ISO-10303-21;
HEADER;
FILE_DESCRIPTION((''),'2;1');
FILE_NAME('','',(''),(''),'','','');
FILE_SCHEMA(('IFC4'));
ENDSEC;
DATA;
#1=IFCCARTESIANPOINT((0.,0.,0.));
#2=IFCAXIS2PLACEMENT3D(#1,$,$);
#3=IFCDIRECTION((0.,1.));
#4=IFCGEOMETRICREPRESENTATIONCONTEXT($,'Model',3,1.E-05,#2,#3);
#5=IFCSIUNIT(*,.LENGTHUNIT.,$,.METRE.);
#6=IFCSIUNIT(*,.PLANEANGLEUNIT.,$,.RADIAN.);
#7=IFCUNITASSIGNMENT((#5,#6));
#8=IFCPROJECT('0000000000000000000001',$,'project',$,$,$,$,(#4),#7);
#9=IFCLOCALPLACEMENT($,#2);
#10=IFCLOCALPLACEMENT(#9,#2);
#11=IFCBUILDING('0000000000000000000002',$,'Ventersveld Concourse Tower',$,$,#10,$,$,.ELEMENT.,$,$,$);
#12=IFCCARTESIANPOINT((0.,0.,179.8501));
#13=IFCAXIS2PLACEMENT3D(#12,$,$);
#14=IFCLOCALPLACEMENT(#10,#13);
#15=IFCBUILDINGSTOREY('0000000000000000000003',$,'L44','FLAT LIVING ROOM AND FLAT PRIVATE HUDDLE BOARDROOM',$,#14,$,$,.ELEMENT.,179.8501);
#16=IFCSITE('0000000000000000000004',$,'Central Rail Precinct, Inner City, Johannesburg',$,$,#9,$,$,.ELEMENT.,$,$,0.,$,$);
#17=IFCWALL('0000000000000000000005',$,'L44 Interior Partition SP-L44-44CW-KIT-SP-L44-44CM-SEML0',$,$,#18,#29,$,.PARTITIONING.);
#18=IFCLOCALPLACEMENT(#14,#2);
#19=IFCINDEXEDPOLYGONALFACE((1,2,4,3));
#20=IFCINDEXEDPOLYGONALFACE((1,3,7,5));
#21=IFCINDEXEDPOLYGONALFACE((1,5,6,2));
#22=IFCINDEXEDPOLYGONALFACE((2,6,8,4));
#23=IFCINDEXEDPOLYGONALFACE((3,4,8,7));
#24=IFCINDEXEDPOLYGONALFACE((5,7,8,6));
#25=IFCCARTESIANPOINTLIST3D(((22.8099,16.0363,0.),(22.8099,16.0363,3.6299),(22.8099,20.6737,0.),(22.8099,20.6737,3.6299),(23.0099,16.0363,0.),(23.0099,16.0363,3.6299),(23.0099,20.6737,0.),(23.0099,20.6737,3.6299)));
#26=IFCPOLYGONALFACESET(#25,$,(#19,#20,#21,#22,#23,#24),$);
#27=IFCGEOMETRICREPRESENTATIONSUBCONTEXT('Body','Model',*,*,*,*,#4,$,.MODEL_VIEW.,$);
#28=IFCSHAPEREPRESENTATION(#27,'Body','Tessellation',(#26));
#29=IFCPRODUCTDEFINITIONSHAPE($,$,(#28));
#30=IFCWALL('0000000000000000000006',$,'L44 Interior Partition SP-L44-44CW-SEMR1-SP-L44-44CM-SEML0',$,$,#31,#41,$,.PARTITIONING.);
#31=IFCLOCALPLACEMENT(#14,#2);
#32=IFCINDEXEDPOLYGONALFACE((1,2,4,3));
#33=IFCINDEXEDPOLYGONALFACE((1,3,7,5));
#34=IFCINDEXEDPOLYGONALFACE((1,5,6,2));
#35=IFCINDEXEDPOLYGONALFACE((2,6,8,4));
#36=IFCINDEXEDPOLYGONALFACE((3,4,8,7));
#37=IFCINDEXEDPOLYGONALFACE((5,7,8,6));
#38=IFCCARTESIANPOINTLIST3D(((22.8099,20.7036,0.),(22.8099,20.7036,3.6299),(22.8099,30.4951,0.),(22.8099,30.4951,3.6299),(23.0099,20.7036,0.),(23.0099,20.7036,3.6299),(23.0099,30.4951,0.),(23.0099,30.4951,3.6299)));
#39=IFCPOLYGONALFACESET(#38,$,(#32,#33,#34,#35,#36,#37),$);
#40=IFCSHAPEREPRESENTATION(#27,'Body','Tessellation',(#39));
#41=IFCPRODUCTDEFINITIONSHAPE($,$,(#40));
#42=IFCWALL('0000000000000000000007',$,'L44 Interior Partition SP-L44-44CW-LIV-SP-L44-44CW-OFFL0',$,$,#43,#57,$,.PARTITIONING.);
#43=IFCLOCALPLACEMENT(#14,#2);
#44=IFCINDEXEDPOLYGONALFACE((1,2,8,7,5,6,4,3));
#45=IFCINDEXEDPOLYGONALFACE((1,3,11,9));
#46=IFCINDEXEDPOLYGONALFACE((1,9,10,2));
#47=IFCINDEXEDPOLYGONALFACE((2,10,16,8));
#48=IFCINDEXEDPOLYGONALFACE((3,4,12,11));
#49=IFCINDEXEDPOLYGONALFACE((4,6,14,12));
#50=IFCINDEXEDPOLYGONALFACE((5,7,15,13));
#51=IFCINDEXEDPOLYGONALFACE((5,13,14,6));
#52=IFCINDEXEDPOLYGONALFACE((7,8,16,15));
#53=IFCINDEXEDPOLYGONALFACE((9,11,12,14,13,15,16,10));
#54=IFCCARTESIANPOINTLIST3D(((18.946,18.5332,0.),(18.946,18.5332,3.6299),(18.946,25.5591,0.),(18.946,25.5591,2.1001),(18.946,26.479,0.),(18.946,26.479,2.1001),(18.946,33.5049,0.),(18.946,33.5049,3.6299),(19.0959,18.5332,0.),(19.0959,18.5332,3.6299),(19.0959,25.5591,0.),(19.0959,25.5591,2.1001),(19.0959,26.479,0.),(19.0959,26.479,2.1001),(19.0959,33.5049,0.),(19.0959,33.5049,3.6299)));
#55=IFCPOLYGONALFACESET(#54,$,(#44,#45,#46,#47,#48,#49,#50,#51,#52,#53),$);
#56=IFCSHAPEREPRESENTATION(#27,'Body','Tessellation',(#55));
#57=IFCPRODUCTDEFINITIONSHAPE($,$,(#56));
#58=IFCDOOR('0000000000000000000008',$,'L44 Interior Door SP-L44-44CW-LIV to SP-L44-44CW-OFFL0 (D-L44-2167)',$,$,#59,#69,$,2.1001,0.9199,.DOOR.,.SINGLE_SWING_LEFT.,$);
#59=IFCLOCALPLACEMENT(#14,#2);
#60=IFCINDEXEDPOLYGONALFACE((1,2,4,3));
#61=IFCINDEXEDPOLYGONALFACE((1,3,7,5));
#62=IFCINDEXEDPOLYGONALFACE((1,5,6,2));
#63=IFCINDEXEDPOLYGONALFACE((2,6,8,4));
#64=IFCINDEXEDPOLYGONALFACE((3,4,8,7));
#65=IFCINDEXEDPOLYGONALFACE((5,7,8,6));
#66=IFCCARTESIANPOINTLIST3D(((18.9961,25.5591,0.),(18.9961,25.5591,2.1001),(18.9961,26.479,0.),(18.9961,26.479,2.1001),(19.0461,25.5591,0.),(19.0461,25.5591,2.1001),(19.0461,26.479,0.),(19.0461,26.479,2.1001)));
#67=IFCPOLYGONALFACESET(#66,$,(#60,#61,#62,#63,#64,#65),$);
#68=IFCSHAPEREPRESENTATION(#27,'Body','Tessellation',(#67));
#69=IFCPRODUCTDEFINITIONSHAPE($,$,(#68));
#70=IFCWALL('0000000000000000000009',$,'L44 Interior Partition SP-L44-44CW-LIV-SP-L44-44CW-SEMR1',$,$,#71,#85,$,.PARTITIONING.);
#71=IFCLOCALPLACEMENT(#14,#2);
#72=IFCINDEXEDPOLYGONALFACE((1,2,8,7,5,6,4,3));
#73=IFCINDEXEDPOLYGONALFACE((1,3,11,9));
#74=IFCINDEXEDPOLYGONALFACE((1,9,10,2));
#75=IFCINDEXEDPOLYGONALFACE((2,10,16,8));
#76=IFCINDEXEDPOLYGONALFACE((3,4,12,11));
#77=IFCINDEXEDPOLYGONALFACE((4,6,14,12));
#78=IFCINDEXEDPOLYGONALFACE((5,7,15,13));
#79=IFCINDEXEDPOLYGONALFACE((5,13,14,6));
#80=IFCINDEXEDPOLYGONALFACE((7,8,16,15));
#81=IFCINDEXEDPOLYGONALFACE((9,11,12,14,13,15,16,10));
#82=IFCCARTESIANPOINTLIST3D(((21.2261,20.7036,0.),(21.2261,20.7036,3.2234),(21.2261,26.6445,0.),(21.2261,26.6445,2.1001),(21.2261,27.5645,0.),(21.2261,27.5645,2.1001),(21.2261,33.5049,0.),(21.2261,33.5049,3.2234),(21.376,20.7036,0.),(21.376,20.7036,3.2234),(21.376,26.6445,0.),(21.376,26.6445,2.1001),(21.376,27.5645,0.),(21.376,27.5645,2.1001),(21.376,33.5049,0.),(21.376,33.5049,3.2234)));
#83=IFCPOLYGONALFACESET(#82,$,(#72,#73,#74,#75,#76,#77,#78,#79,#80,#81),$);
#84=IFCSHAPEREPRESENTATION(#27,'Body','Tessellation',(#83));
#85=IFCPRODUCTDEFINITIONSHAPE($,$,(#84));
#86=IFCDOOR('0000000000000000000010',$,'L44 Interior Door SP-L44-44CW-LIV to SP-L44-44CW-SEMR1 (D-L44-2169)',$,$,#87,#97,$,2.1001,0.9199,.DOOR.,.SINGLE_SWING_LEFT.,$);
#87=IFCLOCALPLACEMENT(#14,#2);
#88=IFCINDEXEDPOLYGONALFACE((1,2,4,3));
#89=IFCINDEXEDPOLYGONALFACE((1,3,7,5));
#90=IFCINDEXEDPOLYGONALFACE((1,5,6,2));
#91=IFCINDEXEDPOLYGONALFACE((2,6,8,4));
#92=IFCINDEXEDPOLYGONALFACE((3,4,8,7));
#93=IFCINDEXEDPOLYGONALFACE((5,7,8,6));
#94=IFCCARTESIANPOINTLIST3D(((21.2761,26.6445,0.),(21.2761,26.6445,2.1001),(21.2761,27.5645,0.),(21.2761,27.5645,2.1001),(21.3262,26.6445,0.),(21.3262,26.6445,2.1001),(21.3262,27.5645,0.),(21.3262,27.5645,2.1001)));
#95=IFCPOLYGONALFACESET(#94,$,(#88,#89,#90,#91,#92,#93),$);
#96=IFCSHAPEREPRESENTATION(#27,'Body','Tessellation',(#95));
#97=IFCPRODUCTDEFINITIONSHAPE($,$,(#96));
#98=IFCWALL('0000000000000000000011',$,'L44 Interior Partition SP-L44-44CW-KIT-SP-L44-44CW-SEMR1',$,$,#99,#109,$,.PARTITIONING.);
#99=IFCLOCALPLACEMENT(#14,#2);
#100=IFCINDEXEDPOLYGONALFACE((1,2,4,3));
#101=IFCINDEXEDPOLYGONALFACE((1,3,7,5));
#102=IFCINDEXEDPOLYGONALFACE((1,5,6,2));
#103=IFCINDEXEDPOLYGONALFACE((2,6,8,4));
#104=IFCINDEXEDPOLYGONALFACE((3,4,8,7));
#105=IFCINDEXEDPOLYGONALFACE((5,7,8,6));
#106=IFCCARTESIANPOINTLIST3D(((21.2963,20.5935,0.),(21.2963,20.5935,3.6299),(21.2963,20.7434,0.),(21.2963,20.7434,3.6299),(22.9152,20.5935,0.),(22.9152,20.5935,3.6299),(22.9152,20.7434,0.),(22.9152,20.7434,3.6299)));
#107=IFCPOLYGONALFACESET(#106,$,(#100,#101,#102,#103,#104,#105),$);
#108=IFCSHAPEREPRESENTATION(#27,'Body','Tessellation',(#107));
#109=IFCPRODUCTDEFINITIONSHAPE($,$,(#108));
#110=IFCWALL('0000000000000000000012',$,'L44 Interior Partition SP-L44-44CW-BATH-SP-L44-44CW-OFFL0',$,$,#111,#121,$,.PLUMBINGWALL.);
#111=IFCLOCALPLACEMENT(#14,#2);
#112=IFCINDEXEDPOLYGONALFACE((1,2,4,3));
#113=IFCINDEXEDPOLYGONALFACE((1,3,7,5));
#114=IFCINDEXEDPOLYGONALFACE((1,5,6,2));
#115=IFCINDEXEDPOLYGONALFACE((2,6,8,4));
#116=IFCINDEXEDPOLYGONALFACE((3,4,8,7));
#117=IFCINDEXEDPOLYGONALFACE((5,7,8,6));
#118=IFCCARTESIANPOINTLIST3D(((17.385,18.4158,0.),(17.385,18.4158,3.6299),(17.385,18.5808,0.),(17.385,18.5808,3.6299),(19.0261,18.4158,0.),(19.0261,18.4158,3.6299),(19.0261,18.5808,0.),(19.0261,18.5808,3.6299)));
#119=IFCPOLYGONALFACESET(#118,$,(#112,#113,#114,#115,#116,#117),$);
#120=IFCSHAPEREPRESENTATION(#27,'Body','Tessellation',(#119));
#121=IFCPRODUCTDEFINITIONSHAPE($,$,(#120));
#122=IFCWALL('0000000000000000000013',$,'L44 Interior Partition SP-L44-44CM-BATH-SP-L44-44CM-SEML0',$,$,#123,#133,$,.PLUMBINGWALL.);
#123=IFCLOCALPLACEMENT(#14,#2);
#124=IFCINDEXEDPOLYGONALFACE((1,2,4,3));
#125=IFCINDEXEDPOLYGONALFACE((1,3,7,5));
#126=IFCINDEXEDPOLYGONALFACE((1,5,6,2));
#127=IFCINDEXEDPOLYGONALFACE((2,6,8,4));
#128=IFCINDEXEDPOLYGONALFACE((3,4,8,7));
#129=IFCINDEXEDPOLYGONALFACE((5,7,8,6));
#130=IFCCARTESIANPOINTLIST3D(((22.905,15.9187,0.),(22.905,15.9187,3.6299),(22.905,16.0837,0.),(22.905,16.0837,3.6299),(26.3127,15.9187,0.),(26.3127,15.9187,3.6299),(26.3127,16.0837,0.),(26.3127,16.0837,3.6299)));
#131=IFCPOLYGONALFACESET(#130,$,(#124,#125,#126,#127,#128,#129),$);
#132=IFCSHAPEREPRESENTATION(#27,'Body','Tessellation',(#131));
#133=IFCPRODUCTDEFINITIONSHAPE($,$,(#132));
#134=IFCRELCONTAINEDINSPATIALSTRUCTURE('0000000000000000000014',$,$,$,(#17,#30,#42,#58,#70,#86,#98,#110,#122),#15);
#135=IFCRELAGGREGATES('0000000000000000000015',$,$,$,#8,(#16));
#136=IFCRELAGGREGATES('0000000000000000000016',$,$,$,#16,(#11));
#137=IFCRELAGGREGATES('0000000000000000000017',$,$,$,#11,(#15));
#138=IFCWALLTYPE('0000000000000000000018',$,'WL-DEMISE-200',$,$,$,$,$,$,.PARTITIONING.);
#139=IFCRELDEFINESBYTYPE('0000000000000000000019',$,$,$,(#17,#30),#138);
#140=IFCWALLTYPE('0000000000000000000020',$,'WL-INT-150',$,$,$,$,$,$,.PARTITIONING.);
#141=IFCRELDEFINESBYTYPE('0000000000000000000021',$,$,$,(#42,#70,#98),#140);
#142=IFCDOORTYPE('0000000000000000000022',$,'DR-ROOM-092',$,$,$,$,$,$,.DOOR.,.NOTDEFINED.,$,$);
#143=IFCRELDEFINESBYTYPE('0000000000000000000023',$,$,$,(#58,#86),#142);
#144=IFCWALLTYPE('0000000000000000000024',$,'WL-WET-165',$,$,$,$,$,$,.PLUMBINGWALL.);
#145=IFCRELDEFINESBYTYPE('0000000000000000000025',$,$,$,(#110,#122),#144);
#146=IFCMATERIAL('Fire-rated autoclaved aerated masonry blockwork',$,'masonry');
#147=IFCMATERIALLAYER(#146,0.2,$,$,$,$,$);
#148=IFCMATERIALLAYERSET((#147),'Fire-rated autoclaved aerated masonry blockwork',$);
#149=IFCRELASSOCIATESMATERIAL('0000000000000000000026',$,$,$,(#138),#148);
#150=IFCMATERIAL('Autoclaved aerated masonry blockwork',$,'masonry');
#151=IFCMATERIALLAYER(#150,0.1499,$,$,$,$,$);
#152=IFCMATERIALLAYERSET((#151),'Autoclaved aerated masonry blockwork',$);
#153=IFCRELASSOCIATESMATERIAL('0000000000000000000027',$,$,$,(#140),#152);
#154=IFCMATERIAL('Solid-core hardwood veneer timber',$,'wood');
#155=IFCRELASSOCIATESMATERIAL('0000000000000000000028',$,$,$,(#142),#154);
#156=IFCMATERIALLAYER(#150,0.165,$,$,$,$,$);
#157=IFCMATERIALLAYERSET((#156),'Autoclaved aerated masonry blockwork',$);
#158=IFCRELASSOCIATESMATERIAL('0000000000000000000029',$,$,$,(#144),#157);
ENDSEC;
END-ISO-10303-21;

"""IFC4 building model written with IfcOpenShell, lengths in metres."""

from ifc_helpers import new_model, si_unit, direction, frame, frame_2d, origin, place, context, subcontext, project, spatial, rectangle, extrude, material, layer, layer_set, type_object, element, fill, save


model = new_model("IFC4")

# Units and contexts
model_context = context("Model", 3, precision=1e-05, world=origin(), true_north=direction((0.0, 1.0)))
body_context = subcontext(model_context, "Body", "Model", "MODEL_VIEW")
ifc_project = project(units=[si_unit("LENGTHUNIT", "METRE"), si_unit("PLANEANGLEUNIT", "RADIAN")], contexts=[model_context])

# Site, building, storey
site_placement = place(None, origin())
site = spatial("IfcSite", under=ifc_project, at=site_placement, Name="Central Rail Precinct, Inner City, Johannesburg", CompositionType="ELEMENT", RefElevation=0.0)
building_placement = place(site_placement, origin())
building = spatial("IfcBuilding", under=site, at=building_placement, Name="Ventersveld Concourse Tower", CompositionType="ELEMENT")
storey_placement = place(building_placement, frame((0.0, 0.0, 179.8501)))
storey = spatial("IfcBuildingStorey", under=building, at=storey_placement, Name="L44", Description="FLAT LIVING ROOM AND FLAT PRIVATE HUDDLE BOARDROOM", CompositionType="ELEMENT", Elevation=179.8501)

# Shared definitions
ifc_material_1 = material(Name="Fire-rated autoclaved aerated masonry blockwork", Category="masonry")

# Shared definitions
ifc_material_2 = material(Name="Solid-core hardwood veneer timber", Category="wood")

# Walls
ifc_layer_1 = layer(ifc_material_1, 0.2)
ifc_layer_set_1 = layer_set([ifc_layer_1], Name="Fire-rated autoclaved aerated masonry blockwork")
wall_type_1 = type_object("IfcWallType", Name="WL-DEMISE-200", PredefinedType="PARTITIONING", material=ifc_layer_set_1)
wall_1_placement = place(storey_placement, frame((22.9099, 16.0361, 0.0), z_axis=(0.0, 0.0, 1.0), x_axis=(0.0, 1.0, 0.0)))
element("IfcWall", 1, at=wall_1_placement, inside=storey, type_object=wall_type_1, Name="L44 Interior Partition SP-L44-44CW-KIT-SP-L44-44CM-SEML0", PredefinedType="PARTITIONING", context=body_context, shape_type="SweptSolid", body=[
    extrude(rectangle(XDim=4.6375, YDim=0.2, at=frame_2d((2.3188, 0.0))), origin(), (0.0, 0.0, 1.0), 3.6299),
])
wall_2_placement = place(storey_placement, frame((22.9099, 20.7036, 0.0), z_axis=(0.0, 0.0, 1.0), x_axis=(0.0, 1.0, 0.0)))
element("IfcWall", 2, at=wall_2_placement, inside=storey, type_object=wall_type_1, Name="L44 Interior Partition SP-L44-44CW-SEMR1-SP-L44-44CM-SEML0", PredefinedType="PARTITIONING", context=body_context, shape_type="SweptSolid", body=[
    extrude(rectangle(XDim=9.7915, YDim=0.2, at=frame_2d((4.8958, 0.0))), origin(), (0.0, 0.0, 1.0), 3.6299),
])

# Walls, openings, doors
ifc_material_3 = material(Name="Autoclaved aerated masonry blockwork", Category="masonry")
ifc_layer_2 = layer(ifc_material_3, 0.1499)
ifc_layer_set_2 = layer_set([ifc_layer_2], Name="Autoclaved aerated masonry blockwork")
wall_type_2 = type_object("IfcWallType", Name="WL-INT-150", PredefinedType="PARTITIONING", material=ifc_layer_set_2)
wall_3_placement = place(storey_placement, frame((19.021, 18.5332, 0.0), z_axis=(0.0, 0.0, 1.0), x_axis=(0.0, 1.0, 0.0)))
wall_3 = element("IfcWall", 3, at=wall_3_placement, inside=storey, type_object=wall_type_2, Name="L44 Interior Partition SP-L44-44CW-LIV-SP-L44-44CW-OFFL0", PredefinedType="PARTITIONING", context=body_context, shape_type="SweptSolid", body=[
    extrude(rectangle(XDim=14.9717, YDim=0.1499, at=frame_2d((7.4858, 0.0))), origin(), (0.0, 0.0, 1.0), 3.6299),
])
opening_1_placement = place(wall_3_placement, frame((7.0259, 0.0, 0.0)))
opening_1 = element("IfcOpeningElement", 4, at=opening_1_placement, cuts=wall_3, PredefinedType="OPENING", context=body_context, shape_type="SweptSolid", body=[
    extrude(rectangle(XDim=0.9199, YDim=2.1001, at=frame_2d((0.46, 1.05))), frame((0.0, 0.085, 0.0), z_axis=(0.0, -1.0, 0.0), x_axis=(1.0, 0.0, 0.0)), (0.0, 0.0, 1.0), 0.1699),
])
door_type_1 = type_object("IfcDoorType", Name="DR-ROOM-092", OperationType="NOTDEFINED", PredefinedType="DOOR", material=ifc_material_2)
door_1_placement = place(opening_1_placement, origin())
door_1 = element("IfcDoor", 5, at=door_1_placement, inside=storey, type_object=door_type_1, Name="L44 Interior Door SP-L44-44CW-LIV to SP-L44-44CW-OFFL0 (D-L44-2167)", OperationType="SINGLE_SWING_LEFT", OverallHeight=2.1001, OverallWidth=0.9199, PredefinedType="DOOR", context=body_context, shape_type="SweptSolid", body=[
    extrude(rectangle(XDim=0.9199, YDim=2.1001, at=frame_2d((0.46, 1.05))), frame((0.0, 0.0249, 0.0), z_axis=(0.0, -1.0, 0.0), x_axis=(1.0, 0.0, 0.0)), (0.0, 0.0, 1.0), 0.05),
])
fill(opening_1, door_1)
wall_4_placement = place(storey_placement, frame((21.301, 20.7036, 0.0), z_axis=(0.0, 0.0, 1.0), x_axis=(0.0, 1.0, 0.0)))
wall_4 = element("IfcWall", 6, at=wall_4_placement, inside=storey, type_object=wall_type_2, Name="L44 Interior Partition SP-L44-44CW-LIV-SP-L44-44CW-SEMR1", PredefinedType="PARTITIONING", context=body_context, shape_type="SweptSolid", body=[
    extrude(rectangle(XDim=12.8013, YDim=0.1499, at=frame_2d((6.4006, 0.0))), origin(), (0.0, 0.0, 1.0), 3.2234),
])
opening_2_placement = place(wall_4_placement, frame((5.9409, 0.0, 0.0)))
opening_2 = element("IfcOpeningElement", 7, at=opening_2_placement, cuts=wall_4, PredefinedType="OPENING", context=body_context, shape_type="SweptSolid", body=[
    extrude(rectangle(XDim=0.9199, YDim=2.1001, at=frame_2d((0.46, 1.05))), frame((0.0, 0.085, 0.0), z_axis=(0.0, -1.0, 0.0), x_axis=(1.0, 0.0, 0.0)), (0.0, 0.0, 1.0), 0.1699),
])
door_2_placement = place(opening_2_placement, origin())
door_2 = element("IfcDoor", 8, at=door_2_placement, inside=storey, type_object=door_type_1, Name="L44 Interior Door SP-L44-44CW-LIV to SP-L44-44CW-SEMR1 (D-L44-2169)", OperationType="SINGLE_SWING_LEFT", OverallHeight=2.1001, OverallWidth=0.9199, PredefinedType="DOOR", context=body_context, shape_type="SweptSolid", body=[
    extrude(rectangle(XDim=0.9199, YDim=2.1001, at=frame_2d((0.46, 1.05))), frame((0.0, 0.0249, 0.0), z_axis=(0.0, -1.0, 0.0), x_axis=(1.0, 0.0, 0.0)), (0.0, 0.0, 1.0), 0.05),
])
fill(opening_2, door_2)

# Walls
wall_5_placement = place(storey_placement, frame((21.2961, 20.6685, 0.0), z_axis=(0.0, 0.0, 1.0), x_axis=(1.0, 0.0, 0.0)))
element("IfcWall", 9, at=wall_5_placement, inside=storey, type_object=wall_type_2, Name="L44 Interior Partition SP-L44-44CW-KIT-SP-L44-44CW-SEMR1", PredefinedType="PARTITIONING", context=body_context, shape_type="SweptSolid", body=[
    extrude(rectangle(XDim=1.6189, YDim=0.1499, at=frame_2d((0.8096, 0.0))), origin(), (0.0, 0.0, 1.0), 3.6299),
])
ifc_layer_3 = layer(ifc_material_3, 0.165)
ifc_layer_set_3 = layer_set([ifc_layer_3], Name="Autoclaved aerated masonry blockwork")
wall_type_3 = type_object("IfcWallType", Name="WL-WET-165", PredefinedType="PLUMBINGWALL", material=ifc_layer_set_3)
wall_6_placement = place(storey_placement, frame((17.385, 18.4983, 0.0), z_axis=(0.0, 0.0, 1.0), x_axis=(1.0, 0.0, 0.0)))
element("IfcWall", 10, at=wall_6_placement, inside=storey, type_object=wall_type_3, Name="L44 Interior Partition SP-L44-44CW-BATH-SP-L44-44CW-OFFL0", PredefinedType="PLUMBINGWALL", context=body_context, shape_type="SweptSolid", body=[
    extrude(rectangle(XDim=1.6411, YDim=0.165, at=frame_2d((0.8206, 0.0))), origin(), (0.0, 0.0, 1.0), 3.6299),
])
wall_7_placement = place(storey_placement, frame((22.905, 16.0012, 0.0), z_axis=(0.0, 0.0, 1.0), x_axis=(1.0, 0.0, 0.0)))
element("IfcWall", 11, at=wall_7_placement, inside=storey, type_object=wall_type_3, Name="L44 Interior Partition SP-L44-44CM-BATH-SP-L44-44CM-SEML0", PredefinedType="PLUMBINGWALL", context=body_context, shape_type="SweptSolid", body=[
    extrude(rectangle(XDim=3.4077, YDim=0.165, at=frame_2d((1.7039, 0.0))), origin(), (0.0, 0.0, 1.0), 3.6299),
])

save(model, "model.ifc")
